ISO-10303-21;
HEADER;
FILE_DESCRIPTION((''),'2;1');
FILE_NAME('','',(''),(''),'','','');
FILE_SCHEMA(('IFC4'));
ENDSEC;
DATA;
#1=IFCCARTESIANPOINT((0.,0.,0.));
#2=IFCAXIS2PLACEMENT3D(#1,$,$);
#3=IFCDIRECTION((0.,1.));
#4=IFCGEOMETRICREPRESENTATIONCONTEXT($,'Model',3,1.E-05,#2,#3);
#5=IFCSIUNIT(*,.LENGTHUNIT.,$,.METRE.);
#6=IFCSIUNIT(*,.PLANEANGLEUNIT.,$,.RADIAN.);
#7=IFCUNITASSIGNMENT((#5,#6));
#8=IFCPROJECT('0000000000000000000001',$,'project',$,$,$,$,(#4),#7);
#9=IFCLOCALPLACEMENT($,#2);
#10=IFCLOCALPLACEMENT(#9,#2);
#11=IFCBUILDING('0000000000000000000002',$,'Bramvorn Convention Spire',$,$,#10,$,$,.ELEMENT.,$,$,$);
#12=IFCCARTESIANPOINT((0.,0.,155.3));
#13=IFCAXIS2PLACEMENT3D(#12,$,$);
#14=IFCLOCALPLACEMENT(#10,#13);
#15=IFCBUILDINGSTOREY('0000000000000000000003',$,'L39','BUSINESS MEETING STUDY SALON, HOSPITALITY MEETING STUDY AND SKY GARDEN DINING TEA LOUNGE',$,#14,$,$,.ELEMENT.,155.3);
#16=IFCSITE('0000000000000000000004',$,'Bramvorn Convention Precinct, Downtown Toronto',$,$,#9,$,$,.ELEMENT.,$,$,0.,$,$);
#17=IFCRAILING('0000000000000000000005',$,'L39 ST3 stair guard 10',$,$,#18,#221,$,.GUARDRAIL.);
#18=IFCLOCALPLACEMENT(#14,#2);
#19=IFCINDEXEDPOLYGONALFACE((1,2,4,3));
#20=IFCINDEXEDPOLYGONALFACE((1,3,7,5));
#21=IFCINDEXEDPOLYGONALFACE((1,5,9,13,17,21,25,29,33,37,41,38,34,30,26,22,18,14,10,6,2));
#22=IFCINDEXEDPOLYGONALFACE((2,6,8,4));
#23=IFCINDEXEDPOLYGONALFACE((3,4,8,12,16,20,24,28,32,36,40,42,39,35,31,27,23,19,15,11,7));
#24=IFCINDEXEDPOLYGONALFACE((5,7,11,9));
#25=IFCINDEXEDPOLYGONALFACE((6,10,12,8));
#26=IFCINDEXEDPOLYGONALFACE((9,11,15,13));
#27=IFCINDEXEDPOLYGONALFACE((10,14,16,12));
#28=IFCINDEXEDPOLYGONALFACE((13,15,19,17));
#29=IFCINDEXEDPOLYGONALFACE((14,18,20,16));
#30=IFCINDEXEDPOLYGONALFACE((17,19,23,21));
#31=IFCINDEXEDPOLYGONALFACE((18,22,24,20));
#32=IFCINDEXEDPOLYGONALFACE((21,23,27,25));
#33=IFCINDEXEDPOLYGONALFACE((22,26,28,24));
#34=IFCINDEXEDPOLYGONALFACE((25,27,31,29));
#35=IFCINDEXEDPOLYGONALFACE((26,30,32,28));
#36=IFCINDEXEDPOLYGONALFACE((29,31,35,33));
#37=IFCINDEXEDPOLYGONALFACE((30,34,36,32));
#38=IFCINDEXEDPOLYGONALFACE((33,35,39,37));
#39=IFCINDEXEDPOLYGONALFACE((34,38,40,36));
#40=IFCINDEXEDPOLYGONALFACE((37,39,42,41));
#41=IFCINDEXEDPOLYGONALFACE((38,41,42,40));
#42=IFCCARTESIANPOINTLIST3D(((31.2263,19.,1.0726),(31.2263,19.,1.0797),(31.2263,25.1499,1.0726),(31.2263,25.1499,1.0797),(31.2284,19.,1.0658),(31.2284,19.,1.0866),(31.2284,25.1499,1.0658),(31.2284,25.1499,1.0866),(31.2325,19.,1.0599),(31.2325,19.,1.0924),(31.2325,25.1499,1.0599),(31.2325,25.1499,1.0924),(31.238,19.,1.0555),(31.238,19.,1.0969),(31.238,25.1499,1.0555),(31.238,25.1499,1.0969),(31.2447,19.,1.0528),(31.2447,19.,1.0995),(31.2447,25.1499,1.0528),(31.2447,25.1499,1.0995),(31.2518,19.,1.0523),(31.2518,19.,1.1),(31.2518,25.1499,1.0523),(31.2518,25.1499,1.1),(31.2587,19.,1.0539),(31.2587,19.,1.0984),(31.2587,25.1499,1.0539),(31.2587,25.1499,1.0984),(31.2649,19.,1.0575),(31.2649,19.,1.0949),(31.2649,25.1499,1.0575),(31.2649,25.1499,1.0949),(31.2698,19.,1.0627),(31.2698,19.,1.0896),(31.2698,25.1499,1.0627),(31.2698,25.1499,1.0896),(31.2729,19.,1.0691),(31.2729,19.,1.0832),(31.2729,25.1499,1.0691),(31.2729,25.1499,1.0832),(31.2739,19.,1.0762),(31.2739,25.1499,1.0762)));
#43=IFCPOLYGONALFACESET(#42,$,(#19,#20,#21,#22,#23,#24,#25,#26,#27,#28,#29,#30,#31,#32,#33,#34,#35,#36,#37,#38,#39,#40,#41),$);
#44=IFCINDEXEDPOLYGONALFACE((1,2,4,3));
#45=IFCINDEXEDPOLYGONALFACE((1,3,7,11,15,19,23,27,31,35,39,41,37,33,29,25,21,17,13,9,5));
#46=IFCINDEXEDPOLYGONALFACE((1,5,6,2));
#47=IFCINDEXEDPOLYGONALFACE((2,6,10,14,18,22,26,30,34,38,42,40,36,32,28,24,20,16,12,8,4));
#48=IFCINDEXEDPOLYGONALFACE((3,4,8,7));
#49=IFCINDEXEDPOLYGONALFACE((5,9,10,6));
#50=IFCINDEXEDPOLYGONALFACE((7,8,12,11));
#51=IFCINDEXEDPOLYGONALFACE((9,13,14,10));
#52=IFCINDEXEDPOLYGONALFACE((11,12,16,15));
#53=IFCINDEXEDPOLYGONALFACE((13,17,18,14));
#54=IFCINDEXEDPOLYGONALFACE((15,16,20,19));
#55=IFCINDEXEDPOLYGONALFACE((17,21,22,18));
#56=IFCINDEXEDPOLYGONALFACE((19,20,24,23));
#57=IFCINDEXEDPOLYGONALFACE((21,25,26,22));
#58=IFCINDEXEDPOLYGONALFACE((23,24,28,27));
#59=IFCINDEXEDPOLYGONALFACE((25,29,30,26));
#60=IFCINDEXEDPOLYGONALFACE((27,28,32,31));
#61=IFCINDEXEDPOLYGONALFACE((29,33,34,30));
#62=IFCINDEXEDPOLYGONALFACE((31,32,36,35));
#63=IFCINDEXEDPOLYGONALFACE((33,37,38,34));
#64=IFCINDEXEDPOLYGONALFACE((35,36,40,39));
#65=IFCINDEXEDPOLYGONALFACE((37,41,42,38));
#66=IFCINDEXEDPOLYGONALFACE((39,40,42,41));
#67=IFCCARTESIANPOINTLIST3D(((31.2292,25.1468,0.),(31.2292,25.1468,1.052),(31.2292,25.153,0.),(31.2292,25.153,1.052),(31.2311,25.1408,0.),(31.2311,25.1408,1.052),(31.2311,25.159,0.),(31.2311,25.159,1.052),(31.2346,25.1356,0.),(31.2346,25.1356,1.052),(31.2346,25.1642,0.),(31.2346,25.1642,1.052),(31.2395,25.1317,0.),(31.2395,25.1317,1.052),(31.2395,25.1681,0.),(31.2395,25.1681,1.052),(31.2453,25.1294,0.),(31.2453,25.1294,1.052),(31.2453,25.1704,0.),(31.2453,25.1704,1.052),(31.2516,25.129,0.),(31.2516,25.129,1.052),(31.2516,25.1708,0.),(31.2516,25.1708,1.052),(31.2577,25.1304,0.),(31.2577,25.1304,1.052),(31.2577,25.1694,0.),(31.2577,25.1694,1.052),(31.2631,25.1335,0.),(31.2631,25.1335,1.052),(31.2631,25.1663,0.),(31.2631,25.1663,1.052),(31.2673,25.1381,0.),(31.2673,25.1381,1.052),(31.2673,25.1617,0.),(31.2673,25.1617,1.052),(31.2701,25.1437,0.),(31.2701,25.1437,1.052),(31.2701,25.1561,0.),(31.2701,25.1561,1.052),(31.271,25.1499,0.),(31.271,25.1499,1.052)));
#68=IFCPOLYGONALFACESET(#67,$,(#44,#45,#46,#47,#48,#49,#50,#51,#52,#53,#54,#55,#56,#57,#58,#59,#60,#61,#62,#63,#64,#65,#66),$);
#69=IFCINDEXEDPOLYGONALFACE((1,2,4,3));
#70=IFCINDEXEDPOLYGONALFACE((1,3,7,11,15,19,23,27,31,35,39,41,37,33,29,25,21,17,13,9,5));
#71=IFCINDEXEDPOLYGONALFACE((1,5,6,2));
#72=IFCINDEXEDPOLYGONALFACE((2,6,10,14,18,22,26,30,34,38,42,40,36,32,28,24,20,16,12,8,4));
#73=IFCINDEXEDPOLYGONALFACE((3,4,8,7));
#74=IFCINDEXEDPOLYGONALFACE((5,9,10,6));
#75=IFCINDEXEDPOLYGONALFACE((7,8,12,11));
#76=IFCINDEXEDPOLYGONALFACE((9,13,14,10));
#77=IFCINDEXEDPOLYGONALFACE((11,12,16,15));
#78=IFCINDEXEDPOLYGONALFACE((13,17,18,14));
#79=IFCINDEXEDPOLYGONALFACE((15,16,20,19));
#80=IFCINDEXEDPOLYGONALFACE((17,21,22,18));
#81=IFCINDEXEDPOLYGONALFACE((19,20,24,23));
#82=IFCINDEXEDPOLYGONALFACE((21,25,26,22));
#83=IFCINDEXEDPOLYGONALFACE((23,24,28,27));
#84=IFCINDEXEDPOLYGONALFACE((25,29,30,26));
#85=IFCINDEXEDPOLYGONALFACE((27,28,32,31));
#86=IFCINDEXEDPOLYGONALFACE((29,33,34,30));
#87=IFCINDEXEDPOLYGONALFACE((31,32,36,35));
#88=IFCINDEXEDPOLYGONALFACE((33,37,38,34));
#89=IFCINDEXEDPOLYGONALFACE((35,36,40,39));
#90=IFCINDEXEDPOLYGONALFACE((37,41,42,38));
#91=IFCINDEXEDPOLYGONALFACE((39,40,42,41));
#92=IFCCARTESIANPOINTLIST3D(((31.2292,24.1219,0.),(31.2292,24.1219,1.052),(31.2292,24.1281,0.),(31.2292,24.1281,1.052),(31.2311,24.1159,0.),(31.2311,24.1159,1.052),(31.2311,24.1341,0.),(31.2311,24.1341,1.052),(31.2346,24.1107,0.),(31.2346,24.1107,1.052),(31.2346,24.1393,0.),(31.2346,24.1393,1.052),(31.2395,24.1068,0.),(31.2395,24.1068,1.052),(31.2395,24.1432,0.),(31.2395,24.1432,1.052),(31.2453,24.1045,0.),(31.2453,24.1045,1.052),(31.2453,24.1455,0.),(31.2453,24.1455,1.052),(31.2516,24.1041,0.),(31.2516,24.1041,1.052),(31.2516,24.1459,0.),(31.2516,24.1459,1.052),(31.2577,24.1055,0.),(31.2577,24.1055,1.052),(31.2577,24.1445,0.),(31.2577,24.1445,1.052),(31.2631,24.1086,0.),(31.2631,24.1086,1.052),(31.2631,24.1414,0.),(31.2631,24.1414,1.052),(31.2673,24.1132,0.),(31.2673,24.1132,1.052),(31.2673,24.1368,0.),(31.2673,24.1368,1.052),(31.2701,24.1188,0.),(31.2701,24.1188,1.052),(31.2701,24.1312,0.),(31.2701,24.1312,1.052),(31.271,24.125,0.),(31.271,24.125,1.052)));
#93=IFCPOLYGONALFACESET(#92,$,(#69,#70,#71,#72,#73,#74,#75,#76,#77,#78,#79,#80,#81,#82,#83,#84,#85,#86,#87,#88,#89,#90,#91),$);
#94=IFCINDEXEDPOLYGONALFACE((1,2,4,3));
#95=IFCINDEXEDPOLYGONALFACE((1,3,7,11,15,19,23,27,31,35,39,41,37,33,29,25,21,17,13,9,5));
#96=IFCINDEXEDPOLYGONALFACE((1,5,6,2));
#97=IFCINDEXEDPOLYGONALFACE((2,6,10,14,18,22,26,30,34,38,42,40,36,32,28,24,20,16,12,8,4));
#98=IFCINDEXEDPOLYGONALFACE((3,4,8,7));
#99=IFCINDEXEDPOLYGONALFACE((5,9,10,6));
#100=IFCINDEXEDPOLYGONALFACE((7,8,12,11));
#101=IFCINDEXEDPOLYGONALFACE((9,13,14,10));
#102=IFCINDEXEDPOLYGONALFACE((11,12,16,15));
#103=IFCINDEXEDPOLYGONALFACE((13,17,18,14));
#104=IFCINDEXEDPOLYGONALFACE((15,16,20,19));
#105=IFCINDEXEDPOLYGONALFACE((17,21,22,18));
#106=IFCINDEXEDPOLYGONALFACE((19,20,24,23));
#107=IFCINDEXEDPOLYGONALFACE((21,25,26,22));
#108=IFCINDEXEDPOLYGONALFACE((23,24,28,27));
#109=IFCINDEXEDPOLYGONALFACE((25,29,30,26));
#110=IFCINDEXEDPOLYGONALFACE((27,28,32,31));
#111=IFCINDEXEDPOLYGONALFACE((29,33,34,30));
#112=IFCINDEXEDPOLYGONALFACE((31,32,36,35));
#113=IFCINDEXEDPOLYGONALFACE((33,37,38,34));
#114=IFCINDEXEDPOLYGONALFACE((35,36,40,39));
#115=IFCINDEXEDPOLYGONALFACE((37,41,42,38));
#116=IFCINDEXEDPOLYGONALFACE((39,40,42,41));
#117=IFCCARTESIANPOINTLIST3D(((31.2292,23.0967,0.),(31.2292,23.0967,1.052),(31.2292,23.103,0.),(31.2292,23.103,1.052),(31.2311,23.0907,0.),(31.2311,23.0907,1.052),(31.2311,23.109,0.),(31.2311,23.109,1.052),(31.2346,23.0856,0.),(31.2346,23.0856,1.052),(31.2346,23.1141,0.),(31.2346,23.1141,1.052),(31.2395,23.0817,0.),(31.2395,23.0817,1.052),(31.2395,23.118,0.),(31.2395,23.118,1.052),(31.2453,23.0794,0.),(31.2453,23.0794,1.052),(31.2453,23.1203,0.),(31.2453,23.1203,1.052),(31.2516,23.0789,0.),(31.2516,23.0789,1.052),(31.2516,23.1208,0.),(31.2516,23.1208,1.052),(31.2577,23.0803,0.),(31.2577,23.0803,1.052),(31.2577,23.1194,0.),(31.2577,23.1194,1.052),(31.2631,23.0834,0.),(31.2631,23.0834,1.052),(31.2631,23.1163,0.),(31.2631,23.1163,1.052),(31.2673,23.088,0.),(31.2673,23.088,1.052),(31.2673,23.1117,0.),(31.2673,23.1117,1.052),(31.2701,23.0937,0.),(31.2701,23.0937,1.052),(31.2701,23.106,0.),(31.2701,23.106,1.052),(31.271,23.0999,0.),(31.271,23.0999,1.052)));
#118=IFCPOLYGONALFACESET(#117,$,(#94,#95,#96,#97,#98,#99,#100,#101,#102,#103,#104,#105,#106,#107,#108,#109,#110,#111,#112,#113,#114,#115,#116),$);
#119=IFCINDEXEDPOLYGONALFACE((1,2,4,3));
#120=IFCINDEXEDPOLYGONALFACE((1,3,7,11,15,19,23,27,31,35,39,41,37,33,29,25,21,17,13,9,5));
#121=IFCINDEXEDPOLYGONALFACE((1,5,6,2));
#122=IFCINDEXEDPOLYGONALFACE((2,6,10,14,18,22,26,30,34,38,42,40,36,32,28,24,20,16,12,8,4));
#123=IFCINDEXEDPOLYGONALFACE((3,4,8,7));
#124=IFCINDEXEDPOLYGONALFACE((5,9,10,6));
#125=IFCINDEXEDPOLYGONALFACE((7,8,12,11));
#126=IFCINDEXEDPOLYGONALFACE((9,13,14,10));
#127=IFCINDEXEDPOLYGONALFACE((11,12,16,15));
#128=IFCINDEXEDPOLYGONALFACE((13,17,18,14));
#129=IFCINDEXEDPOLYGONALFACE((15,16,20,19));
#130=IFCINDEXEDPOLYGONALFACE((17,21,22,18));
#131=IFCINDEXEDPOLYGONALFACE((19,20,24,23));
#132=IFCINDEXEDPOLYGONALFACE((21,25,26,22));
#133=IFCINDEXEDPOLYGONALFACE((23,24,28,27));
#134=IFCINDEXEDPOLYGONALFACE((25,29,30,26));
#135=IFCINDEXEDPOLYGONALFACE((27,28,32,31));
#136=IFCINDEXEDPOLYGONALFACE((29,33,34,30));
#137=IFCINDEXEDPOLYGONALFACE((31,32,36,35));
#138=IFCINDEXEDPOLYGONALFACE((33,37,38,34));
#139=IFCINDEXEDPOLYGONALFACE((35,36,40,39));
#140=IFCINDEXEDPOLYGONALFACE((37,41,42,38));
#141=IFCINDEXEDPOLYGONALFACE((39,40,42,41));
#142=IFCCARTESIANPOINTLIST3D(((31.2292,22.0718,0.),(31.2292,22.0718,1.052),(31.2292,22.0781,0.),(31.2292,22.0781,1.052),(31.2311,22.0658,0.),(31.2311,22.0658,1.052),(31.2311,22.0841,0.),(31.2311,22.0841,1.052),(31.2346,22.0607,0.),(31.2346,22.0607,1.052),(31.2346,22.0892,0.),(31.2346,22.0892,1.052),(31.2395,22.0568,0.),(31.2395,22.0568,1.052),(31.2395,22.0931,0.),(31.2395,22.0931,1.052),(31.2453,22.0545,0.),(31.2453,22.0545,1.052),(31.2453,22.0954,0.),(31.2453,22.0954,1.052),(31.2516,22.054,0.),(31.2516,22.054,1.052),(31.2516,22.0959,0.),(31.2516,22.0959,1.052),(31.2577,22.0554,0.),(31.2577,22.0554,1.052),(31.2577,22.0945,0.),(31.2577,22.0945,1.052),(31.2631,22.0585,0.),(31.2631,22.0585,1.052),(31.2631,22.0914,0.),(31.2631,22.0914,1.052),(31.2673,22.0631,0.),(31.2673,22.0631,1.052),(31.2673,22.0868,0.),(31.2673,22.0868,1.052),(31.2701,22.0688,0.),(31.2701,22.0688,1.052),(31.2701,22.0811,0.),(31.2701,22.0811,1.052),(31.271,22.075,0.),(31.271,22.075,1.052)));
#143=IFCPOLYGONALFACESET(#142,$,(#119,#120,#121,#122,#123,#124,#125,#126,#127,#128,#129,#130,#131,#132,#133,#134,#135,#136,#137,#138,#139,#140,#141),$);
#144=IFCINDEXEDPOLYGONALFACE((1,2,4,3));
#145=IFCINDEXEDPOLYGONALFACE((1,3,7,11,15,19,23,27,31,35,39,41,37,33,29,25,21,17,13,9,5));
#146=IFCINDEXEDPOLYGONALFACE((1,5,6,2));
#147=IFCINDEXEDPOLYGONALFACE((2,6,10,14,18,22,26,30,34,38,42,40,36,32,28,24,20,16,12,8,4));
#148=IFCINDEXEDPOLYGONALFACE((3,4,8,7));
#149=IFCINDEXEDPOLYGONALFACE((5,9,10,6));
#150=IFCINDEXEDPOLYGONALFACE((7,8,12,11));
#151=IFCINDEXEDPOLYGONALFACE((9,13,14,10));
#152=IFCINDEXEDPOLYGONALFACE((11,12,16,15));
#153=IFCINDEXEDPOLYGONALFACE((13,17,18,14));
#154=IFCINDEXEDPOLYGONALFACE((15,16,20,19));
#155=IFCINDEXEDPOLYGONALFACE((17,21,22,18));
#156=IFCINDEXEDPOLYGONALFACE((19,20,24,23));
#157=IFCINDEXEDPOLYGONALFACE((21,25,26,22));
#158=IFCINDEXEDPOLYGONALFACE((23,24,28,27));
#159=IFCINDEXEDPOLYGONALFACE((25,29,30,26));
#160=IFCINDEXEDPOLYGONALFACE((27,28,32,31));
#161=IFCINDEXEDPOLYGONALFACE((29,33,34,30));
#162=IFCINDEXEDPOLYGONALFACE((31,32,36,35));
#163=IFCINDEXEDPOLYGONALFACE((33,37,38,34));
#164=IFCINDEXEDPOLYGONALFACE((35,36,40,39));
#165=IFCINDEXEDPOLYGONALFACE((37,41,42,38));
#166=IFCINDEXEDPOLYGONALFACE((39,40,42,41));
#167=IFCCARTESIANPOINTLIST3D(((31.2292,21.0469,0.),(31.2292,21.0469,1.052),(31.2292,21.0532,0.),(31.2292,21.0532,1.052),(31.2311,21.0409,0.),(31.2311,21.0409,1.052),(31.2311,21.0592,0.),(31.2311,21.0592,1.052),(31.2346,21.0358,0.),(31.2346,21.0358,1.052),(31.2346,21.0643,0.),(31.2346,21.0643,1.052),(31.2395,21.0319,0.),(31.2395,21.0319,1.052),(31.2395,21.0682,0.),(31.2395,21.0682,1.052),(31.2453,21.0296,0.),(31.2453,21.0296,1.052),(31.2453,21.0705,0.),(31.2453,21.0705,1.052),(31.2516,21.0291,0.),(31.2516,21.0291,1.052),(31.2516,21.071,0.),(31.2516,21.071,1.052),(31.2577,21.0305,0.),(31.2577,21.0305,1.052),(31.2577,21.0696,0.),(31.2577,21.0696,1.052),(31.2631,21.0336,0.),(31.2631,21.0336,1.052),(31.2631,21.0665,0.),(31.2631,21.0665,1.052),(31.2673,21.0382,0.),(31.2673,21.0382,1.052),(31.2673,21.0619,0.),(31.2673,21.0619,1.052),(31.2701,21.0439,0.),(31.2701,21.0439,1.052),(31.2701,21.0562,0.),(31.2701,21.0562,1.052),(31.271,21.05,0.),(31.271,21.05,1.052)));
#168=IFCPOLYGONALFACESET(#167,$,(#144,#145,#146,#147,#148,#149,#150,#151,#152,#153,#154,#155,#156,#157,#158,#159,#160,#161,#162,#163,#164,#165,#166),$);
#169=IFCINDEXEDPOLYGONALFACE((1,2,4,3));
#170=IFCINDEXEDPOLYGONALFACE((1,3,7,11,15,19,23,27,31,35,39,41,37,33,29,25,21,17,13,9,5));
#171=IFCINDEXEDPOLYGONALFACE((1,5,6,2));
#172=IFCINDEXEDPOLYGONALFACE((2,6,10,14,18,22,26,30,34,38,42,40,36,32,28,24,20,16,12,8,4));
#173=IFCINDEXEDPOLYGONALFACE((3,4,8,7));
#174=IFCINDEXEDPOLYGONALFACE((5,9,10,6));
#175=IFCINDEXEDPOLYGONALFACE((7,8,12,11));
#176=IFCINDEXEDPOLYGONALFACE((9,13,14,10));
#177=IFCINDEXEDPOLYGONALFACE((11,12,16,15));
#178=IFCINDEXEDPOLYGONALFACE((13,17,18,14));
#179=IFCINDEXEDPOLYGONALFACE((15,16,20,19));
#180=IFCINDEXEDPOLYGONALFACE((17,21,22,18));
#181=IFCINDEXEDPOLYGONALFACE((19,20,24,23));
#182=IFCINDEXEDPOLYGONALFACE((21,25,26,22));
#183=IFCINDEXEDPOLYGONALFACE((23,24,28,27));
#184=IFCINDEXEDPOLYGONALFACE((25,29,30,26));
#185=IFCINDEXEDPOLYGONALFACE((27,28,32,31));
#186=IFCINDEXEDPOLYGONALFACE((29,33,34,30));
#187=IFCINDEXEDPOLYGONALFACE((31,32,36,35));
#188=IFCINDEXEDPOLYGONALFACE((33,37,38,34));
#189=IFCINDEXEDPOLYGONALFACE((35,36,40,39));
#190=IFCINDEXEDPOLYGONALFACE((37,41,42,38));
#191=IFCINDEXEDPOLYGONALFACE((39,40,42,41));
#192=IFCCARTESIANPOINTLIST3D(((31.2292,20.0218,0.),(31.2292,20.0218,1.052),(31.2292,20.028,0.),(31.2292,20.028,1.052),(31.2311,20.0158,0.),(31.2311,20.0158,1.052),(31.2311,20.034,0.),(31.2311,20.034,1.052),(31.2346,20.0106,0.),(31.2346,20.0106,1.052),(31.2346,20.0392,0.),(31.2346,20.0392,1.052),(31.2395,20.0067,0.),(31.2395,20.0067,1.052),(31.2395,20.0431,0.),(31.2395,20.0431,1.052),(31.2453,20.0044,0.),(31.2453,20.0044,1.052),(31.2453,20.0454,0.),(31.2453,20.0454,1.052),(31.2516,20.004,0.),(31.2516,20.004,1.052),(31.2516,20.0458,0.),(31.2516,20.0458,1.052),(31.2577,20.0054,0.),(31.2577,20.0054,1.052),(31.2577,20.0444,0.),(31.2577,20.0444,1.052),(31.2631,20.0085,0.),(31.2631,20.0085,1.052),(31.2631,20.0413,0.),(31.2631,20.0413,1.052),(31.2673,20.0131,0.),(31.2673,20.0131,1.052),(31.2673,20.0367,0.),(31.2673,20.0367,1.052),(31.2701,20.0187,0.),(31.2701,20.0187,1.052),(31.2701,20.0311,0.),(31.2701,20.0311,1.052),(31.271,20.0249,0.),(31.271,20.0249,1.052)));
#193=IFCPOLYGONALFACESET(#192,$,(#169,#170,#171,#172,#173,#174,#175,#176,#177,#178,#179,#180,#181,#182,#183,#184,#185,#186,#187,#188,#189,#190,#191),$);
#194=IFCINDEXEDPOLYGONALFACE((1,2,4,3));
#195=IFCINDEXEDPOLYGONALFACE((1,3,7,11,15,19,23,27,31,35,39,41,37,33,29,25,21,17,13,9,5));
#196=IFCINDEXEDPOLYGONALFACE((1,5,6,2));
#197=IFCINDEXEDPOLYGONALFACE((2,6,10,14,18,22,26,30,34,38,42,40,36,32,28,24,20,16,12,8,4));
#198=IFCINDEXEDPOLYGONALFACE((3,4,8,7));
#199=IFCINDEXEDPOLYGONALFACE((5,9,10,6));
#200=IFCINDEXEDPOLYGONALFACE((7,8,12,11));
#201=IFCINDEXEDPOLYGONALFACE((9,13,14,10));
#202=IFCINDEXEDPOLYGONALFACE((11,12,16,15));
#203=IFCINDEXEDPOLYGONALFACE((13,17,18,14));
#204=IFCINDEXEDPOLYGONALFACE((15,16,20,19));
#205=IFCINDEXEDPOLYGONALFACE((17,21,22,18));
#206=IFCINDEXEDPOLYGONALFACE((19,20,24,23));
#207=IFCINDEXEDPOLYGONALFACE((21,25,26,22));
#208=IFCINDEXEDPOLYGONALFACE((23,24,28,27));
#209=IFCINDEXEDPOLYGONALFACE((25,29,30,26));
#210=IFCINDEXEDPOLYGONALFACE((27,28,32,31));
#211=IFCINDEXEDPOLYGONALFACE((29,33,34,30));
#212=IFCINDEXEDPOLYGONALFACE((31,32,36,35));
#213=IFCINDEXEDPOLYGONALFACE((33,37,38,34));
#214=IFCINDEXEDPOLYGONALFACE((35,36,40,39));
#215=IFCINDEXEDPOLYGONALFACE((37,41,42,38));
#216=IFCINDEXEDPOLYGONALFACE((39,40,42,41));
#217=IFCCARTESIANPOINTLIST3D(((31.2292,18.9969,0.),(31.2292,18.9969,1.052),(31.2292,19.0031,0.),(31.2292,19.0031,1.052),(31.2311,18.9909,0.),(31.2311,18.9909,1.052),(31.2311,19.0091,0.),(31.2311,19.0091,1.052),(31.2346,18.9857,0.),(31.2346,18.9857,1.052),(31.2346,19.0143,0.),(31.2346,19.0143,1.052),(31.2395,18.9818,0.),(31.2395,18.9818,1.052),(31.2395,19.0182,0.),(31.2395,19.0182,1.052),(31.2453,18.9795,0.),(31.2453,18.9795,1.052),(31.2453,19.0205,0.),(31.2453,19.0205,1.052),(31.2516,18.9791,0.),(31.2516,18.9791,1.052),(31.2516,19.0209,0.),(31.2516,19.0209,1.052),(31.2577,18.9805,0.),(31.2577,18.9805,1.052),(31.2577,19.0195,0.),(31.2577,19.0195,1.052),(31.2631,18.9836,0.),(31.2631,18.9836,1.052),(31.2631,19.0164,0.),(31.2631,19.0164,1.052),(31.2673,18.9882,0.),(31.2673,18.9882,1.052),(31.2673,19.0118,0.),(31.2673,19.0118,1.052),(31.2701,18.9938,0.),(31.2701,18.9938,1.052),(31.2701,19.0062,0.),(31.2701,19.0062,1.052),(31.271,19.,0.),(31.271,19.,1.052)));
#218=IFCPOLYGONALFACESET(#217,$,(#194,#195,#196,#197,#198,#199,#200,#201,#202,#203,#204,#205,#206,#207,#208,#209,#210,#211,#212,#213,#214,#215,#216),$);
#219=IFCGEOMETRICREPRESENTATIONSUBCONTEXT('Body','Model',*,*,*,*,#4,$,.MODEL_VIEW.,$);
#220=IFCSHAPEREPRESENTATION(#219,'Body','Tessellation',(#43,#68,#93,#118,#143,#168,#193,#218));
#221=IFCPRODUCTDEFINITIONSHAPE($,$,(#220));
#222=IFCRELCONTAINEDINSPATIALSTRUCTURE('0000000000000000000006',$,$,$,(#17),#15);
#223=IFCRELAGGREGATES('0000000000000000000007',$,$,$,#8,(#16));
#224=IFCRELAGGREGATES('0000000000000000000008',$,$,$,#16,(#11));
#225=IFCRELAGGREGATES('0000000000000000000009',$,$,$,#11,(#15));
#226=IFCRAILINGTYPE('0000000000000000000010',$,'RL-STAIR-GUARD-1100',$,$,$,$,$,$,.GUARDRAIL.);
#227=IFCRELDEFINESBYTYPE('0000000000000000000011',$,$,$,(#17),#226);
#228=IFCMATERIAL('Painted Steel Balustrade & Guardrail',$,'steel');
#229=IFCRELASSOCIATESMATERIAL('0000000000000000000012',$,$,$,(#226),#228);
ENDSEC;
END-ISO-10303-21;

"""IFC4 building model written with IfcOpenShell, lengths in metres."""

from ifc_helpers import new_model, si_unit, direction, frame, origin, origin_2d, place, context, subcontext, project, spatial, circle, extrude, material, type_object, element, save


model = new_model("IFC4")

# Units and contexts
model_context = context("Model", 3, precision=1e-05, world=origin(), true_north=direction((0.0, 1.0)))
body_context = subcontext(model_context, "Body", "Model", "MODEL_VIEW")
ifc_project = project(units=[si_unit("LENGTHUNIT", "METRE"), si_unit("PLANEANGLEUNIT", "RADIAN")], contexts=[model_context])

# Site, building, storey
site_placement = place(None, origin())
site = spatial("IfcSite", under=ifc_project, at=site_placement, Name="Bramvorn Convention Precinct, Downtown Toronto", CompositionType="ELEMENT", RefElevation=0.0)
building_placement = place(site_placement, origin())
building = spatial("IfcBuilding", under=site, at=building_placement, Name="Bramvorn Convention Spire", CompositionType="ELEMENT")
storey_placement = place(building_placement, frame((0.0, 0.0, 155.3)))
storey = spatial("IfcBuildingStorey", under=building, at=storey_placement, Name="L39", Description="BUSINESS MEETING STUDY SALON, HOSPITALITY MEETING STUDY AND SKY GARDEN DINING TEA LOUNGE", CompositionType="ELEMENT", Elevation=155.3)

# Railing
ifc_material_1 = material(Name="Painted Steel Balustrade & Guardrail", Category="steel")
railing_type_1 = type_object("IfcRailingType", Name="RL-STAIR-GUARD-1100", PredefinedType="GUARDRAIL", material=ifc_material_1)
railing_1_placement = place(storey_placement, frame((31.25, 25.1499, 0.0)))
element("IfcRailing", 1, at=railing_1_placement, inside=storey, type_object=railing_type_1, Name="L39 ST3 stair guard 10", PredefinedType="GUARDRAIL", context=body_context, shape_type="SweptSolid", body=[
    extrude(circle(Radius=0.0239, at=origin_2d()), frame((0.0, 0.0, 1.0762), z_axis=(0.0, -1.0, 0.0), x_axis=(1.0, 0.0, 0.0)), (0.0, 0.0, 1.0), 6.1499),
    extrude(circle(Radius=0.021, at=origin_2d()), origin(), (0.0, 0.0, 1.0), 1.052),
    extrude(circle(Radius=0.021, at=origin_2d()), frame((0.0, -1.0249, 0.0)), (0.0, 0.0, 1.0), 1.052),
    extrude(circle(Radius=0.021, at=origin_2d()), frame((0.0, -2.05, 0.0)), (0.0, 0.0, 1.0), 1.052),
    extrude(circle(Radius=0.021, at=origin_2d()), frame((0.0, -3.075, 0.0)), (0.0, 0.0, 1.0), 1.052),
    extrude(circle(Radius=0.021, at=origin_2d()), frame((0.0, -4.0999, 0.0)), (0.0, 0.0, 1.0), 1.052),
    extrude(circle(Radius=0.021, at=origin_2d()), frame((0.0, -5.125, 0.0)), (0.0, 0.0, 1.0), 1.052),
    extrude(circle(Radius=0.021, at=origin_2d()), frame((0.0, -6.1499, 0.0)), (0.0, 0.0, 1.0), 1.052),
])

save(model, "model.ifc")
